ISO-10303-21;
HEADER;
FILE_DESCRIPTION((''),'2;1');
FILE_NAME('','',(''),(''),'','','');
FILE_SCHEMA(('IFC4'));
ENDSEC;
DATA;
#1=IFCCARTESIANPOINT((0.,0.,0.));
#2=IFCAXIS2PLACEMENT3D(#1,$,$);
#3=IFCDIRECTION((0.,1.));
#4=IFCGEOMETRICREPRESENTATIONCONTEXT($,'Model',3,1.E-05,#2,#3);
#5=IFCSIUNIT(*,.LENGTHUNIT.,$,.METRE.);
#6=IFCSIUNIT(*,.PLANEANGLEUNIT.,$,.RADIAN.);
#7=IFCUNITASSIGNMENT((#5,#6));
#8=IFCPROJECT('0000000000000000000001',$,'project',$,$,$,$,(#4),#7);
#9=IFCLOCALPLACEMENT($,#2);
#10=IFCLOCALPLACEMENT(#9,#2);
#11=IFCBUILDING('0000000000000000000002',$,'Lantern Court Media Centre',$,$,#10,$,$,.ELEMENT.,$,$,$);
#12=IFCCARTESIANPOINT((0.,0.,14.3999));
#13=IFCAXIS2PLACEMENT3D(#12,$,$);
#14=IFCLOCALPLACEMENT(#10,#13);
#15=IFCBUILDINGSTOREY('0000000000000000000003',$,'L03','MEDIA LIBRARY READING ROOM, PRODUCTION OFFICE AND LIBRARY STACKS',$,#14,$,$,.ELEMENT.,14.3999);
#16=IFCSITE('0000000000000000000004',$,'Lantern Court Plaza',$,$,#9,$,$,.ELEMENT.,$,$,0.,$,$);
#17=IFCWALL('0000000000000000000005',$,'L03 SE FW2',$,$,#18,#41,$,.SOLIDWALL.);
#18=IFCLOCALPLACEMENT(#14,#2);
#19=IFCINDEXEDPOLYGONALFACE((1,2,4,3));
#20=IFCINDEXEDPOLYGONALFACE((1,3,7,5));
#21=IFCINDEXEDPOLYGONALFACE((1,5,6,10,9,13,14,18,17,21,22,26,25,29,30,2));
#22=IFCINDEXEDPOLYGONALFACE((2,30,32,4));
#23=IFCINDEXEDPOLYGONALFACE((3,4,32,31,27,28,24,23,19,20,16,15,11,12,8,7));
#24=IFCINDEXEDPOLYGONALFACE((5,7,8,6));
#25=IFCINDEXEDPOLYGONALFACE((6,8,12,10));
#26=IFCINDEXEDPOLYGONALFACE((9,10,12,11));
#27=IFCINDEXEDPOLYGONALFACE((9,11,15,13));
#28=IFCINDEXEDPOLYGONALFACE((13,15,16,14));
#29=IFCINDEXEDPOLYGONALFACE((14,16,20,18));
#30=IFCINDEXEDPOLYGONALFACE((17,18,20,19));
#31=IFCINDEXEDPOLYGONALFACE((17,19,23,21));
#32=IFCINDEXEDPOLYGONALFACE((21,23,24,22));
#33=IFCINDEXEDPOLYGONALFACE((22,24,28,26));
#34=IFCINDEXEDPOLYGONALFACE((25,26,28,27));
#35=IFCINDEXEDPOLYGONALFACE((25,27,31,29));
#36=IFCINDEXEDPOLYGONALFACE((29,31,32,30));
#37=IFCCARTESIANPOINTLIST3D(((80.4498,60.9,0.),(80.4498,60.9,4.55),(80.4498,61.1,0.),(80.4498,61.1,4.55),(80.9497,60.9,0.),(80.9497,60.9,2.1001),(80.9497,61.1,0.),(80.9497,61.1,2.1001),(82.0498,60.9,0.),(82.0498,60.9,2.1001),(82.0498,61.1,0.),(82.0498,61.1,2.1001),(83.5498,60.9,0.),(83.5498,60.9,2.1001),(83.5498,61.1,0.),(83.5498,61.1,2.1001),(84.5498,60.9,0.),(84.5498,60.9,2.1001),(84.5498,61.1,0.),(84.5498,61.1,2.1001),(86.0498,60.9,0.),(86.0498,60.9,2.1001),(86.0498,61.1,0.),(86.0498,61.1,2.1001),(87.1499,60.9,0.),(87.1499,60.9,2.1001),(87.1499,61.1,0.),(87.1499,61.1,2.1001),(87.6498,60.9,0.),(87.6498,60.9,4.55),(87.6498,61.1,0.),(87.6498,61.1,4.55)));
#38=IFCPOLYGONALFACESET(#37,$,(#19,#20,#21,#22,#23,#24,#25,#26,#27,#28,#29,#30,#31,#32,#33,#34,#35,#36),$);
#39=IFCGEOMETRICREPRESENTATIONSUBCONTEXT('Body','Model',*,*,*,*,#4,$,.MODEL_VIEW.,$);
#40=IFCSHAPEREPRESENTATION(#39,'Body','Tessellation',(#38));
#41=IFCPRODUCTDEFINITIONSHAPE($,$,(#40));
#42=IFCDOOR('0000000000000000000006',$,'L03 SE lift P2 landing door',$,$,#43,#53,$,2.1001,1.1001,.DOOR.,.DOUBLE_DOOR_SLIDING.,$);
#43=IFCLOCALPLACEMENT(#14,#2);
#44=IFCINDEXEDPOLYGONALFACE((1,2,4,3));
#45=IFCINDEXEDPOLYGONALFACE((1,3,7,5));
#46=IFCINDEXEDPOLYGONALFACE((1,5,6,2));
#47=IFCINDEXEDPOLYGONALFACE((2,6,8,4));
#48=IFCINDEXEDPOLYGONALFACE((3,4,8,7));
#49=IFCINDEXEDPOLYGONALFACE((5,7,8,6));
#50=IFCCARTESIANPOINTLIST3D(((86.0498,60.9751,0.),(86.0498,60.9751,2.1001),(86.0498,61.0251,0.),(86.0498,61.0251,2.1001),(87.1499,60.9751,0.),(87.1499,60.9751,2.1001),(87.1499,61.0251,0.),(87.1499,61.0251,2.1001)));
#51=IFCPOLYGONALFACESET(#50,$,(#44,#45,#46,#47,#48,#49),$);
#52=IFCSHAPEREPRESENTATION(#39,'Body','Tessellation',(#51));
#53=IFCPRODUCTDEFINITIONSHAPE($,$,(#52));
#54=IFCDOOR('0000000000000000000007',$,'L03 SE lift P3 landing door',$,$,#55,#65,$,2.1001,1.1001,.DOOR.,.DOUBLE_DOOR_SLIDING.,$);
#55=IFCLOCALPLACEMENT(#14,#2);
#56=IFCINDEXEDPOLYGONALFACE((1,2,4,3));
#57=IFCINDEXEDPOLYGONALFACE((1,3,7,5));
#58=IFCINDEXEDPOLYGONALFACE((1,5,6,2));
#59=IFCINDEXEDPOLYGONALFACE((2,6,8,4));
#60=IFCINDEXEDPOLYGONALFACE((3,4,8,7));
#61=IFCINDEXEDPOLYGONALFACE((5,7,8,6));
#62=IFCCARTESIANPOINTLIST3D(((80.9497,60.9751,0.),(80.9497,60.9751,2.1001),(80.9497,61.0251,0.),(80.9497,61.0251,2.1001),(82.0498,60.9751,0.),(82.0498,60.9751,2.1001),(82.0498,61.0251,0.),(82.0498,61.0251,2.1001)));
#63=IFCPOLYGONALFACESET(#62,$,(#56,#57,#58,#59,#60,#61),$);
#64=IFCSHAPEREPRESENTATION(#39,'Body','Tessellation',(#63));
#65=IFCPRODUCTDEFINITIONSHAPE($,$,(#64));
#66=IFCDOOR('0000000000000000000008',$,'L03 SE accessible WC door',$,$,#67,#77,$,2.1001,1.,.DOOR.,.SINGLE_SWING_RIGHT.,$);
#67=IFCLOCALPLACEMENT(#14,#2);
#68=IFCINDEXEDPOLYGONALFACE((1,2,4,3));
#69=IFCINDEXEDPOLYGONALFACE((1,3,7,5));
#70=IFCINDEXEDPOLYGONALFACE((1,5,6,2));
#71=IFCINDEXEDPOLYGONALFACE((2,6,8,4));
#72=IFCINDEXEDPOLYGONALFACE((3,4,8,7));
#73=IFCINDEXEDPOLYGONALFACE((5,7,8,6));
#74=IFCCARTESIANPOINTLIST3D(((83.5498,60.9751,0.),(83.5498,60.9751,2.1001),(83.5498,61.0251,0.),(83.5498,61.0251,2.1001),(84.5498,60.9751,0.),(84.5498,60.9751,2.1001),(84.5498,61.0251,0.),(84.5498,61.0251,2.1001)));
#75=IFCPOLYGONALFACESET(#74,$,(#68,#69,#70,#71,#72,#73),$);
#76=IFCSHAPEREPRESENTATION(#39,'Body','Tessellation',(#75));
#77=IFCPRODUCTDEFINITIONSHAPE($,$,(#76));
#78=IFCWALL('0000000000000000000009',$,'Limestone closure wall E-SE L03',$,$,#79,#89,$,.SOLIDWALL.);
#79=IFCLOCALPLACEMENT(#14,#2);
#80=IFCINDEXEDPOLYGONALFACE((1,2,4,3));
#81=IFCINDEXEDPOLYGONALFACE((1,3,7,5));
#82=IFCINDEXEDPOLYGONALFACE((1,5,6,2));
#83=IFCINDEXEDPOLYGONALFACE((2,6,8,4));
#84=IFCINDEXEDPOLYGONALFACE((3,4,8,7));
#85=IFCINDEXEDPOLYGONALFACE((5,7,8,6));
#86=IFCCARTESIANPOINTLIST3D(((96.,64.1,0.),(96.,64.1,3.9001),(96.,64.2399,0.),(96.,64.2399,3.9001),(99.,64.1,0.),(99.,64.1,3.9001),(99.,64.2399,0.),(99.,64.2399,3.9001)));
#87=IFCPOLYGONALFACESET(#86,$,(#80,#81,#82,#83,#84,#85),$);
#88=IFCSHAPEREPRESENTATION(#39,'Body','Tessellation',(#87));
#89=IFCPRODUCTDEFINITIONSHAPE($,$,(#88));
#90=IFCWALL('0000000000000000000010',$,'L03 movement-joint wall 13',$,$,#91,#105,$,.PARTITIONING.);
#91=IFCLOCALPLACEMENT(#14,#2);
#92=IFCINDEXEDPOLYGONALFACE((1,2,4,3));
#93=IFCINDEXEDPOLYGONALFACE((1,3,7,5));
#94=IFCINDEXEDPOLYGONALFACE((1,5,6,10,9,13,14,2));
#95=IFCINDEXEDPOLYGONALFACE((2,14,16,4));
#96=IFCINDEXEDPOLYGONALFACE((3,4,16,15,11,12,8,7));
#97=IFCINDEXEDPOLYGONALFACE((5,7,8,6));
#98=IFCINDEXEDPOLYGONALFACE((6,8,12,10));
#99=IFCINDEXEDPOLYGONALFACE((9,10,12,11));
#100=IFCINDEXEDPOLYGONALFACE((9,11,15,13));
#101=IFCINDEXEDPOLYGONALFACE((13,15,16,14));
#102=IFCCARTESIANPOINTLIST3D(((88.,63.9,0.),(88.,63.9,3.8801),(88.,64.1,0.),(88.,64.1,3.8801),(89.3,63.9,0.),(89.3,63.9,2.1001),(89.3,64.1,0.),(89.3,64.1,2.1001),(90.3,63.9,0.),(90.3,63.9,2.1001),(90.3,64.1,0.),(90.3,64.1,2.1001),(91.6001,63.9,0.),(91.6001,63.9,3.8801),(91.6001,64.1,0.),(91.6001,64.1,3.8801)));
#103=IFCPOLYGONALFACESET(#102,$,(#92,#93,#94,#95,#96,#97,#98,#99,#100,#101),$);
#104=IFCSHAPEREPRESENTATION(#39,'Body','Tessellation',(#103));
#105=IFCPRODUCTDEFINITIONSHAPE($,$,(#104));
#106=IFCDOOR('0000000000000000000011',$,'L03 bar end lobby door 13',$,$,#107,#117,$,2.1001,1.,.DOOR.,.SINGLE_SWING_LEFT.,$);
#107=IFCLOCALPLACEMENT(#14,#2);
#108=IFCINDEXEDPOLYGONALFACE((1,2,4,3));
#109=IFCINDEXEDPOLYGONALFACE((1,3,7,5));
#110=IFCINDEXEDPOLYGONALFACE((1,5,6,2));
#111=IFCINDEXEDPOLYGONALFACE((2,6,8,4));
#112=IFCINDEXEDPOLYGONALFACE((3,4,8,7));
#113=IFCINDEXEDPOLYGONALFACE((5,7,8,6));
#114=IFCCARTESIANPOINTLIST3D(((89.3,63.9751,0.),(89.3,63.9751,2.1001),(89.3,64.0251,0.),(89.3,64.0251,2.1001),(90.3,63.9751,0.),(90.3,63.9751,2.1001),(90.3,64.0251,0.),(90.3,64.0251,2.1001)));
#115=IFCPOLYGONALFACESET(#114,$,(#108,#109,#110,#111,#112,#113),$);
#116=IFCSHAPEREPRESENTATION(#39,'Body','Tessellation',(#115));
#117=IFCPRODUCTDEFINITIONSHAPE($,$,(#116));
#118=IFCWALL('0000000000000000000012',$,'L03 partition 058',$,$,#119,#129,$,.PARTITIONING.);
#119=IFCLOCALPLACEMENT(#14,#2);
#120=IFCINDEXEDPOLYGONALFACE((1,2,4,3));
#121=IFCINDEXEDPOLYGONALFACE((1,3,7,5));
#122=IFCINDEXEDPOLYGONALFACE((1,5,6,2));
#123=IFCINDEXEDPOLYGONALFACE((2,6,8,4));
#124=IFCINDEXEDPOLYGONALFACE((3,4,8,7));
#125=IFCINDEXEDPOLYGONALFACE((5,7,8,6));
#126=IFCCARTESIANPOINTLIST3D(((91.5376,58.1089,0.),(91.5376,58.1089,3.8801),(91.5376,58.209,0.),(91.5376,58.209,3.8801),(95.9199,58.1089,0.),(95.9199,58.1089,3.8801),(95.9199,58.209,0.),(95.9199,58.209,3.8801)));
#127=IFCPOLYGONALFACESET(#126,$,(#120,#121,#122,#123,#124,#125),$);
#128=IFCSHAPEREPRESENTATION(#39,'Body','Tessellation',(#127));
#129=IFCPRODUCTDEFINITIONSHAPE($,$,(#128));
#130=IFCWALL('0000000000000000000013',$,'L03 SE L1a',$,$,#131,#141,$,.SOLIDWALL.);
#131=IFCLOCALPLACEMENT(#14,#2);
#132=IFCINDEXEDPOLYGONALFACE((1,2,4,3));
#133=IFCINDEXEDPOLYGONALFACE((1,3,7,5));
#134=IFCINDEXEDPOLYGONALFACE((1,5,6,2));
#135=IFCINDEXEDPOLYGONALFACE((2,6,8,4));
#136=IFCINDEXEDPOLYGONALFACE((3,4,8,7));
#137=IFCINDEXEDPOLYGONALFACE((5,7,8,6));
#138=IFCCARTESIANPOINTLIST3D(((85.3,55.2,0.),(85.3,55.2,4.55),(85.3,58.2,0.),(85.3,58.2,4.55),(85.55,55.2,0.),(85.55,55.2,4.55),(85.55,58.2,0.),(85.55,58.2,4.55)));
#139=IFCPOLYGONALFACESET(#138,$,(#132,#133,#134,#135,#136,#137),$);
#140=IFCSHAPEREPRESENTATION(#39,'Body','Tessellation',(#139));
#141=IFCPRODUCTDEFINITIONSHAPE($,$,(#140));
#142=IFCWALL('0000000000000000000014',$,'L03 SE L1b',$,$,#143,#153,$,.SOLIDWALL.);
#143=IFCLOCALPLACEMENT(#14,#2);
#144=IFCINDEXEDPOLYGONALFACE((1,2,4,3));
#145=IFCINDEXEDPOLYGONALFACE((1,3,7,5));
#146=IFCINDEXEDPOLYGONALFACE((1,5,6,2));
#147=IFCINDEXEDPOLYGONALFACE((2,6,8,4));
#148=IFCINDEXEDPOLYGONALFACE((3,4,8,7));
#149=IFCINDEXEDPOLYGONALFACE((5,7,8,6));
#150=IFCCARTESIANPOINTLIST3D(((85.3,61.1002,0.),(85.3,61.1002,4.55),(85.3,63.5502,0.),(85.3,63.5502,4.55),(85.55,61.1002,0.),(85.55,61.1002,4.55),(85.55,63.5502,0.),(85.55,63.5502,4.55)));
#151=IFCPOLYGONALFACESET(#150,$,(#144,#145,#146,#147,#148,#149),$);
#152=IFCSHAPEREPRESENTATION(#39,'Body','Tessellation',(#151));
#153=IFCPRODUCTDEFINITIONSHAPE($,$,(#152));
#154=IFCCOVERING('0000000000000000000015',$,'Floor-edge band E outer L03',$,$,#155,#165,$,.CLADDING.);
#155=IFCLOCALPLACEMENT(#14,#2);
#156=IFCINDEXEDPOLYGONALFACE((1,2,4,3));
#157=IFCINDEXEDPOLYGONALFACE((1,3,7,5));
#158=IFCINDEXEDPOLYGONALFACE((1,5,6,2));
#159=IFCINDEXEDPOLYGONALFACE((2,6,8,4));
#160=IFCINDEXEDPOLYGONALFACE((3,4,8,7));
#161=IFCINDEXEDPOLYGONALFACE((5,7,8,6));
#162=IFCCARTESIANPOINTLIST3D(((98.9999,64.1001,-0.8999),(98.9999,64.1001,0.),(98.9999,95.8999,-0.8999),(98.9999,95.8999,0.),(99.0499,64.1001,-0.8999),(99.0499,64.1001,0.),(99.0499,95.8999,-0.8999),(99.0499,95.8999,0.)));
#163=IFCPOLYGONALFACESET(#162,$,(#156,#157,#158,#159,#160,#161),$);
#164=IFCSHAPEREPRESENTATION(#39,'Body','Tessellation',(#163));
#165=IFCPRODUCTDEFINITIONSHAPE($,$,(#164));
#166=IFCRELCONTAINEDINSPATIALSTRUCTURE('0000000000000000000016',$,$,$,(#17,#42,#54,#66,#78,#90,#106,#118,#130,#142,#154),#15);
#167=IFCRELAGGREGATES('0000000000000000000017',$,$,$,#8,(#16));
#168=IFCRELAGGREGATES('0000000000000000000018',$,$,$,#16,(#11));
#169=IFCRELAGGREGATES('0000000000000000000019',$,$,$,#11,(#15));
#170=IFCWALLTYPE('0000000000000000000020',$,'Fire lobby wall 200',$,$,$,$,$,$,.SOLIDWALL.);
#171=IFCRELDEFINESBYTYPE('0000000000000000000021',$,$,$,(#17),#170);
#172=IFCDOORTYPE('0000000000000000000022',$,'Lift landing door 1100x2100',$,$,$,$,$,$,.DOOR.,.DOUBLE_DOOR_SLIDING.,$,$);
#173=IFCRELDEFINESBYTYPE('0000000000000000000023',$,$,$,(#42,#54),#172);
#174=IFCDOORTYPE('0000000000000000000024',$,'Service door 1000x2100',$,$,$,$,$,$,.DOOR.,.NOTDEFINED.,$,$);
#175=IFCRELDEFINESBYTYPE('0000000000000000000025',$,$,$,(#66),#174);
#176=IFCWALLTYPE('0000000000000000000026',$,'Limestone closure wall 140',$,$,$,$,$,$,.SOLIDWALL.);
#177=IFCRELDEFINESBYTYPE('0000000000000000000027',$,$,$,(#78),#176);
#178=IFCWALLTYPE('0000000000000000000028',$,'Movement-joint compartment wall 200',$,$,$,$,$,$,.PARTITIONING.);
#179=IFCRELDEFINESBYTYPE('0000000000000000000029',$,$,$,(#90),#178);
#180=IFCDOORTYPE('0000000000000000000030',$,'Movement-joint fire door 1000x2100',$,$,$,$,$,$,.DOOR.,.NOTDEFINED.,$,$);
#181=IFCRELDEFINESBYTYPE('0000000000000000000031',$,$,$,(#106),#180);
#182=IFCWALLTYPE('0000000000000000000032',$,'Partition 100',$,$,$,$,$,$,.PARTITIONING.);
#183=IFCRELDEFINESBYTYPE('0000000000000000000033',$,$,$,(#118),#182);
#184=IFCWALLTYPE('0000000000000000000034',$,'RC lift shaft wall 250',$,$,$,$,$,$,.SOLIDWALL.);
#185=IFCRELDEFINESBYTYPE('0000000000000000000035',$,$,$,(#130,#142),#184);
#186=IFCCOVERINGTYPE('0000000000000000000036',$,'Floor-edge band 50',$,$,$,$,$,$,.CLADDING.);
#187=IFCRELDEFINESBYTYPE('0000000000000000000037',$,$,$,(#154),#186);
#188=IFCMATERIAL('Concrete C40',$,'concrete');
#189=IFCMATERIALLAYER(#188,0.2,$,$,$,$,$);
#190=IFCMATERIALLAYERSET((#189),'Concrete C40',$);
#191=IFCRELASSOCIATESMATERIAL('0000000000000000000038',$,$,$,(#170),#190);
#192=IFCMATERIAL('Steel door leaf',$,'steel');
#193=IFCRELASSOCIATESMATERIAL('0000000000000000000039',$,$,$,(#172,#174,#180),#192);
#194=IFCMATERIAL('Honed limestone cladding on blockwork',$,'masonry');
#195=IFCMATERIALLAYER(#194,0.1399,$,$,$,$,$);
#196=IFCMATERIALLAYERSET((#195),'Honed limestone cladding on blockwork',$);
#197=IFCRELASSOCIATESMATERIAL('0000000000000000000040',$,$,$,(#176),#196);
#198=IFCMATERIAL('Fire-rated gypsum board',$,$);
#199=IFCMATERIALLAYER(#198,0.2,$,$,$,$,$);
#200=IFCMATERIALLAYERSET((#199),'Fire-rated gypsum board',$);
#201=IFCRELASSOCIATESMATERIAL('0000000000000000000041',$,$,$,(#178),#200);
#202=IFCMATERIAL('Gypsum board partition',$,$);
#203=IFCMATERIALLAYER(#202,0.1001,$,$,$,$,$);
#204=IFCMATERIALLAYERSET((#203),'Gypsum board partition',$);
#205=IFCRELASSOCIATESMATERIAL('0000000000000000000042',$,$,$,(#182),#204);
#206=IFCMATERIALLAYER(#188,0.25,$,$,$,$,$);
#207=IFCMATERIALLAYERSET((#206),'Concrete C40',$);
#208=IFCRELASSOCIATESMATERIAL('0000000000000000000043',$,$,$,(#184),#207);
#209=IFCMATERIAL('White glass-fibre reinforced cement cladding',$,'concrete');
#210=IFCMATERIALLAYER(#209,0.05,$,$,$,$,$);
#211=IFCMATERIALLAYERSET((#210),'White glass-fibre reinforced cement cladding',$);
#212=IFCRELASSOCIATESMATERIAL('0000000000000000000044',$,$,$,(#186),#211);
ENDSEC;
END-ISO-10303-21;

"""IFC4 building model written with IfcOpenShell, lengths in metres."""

from ifc_helpers import new_model, si_unit, direction, frame, frame_2d, origin, place, context, subcontext, project, spatial, rectangle, extrude, material, layer, layer_set, type_object, element, fill, save


model = new_model("IFC4")

# Units and contexts
model_context = context("Model", 3, precision=1e-05, world=origin(), true_north=direction((0.0, 1.0)))
body_context = subcontext(model_context, "Body", "Model", "MODEL_VIEW")
ifc_project = project(units=[si_unit("LENGTHUNIT", "METRE"), si_unit("PLANEANGLEUNIT", "RADIAN")], contexts=[model_context])

# Site, building, storey
site_placement = place(None, origin())
site = spatial("IfcSite", under=ifc_project, at=site_placement, Name="Lantern Court Plaza", CompositionType="ELEMENT", RefElevation=0.0)
building_placement = place(site_placement, origin())
building = spatial("IfcBuilding", under=site, at=building_placement, Name="Lantern Court Media Centre", CompositionType="ELEMENT")
storey_placement = place(building_placement, frame((0.0, 0.0, 14.3999)))
storey = spatial("IfcBuildingStorey", under=building, at=storey_placement, Name="L03", Description="MEDIA LIBRARY READING ROOM, PRODUCTION OFFICE AND LIBRARY STACKS", CompositionType="ELEMENT", Elevation=14.3999)

# Wall, openings, doors
ifc_material_1 = material(Name="Concrete C40", Category="concrete")
ifc_layer_1 = layer(ifc_material_1, 0.2)
ifc_layer_set_1 = layer_set([ifc_layer_1], Name="Concrete C40")
wall_type_1 = type_object("IfcWallType", Name="Fire lobby wall 200", PredefinedType="SOLIDWALL", material=ifc_layer_set_1)
ifc_material_2 = material(Name="Steel door leaf", Category="steel")
door_type_1 = type_object("IfcDoorType", Name="Lift landing door 1100x2100", OperationType="DOUBLE_DOOR_SLIDING", PredefinedType="DOOR", material=ifc_material_2)
door_type_2 = type_object("IfcDoorType", Name="Service door 1000x2100", OperationType="NOTDEFINED", PredefinedType="DOOR", material=ifc_material_2)
wall_1_placement = place(storey_placement, frame((87.6499, 61.0, 0.0), z_axis=(0.0, 0.0, 1.0), x_axis=(-1.0, 0.0, 0.0)))
wall_1 = element("IfcWall", 1, at=wall_1_placement, inside=storey, type_object=wall_type_1, Name="L03 SE FW2", PredefinedType="SOLIDWALL", context=body_context, shape_type="SweptSolid", body=[
    extrude(rectangle(XDim=7.2, YDim=0.2, at=frame_2d((3.6001, 0.0))), origin(), (0.0, 0.0, 1.0), 4.55),
])
opening_1_placement = place(wall_1_placement, frame((0.5, 0.0, 0.0)))
opening_1 = element("IfcOpeningElement", 2, at=opening_1_placement, cuts=wall_1, PredefinedType="OPENING", context=body_context, shape_type="SweptSolid", body=[
    extrude(rectangle(XDim=1.1001, YDim=2.1001, at=frame_2d((0.55, 1.05))), frame((0.0, 0.1099, 0.0), z_axis=(0.0, -1.0, 0.0), x_axis=(1.0, 0.0, 0.0)), (0.0, 0.0, 1.0), 0.22),
])
opening_2_placement = place(wall_1_placement, frame((5.6001, 0.0, 0.0)))
opening_2 = element("IfcOpeningElement", 3, at=opening_2_placement, cuts=wall_1, PredefinedType="OPENING", context=body_context, shape_type="SweptSolid", body=[
    extrude(rectangle(XDim=1.1001, YDim=2.1001, at=frame_2d((0.55, 1.05))), frame((0.0, 0.1099, 0.0), z_axis=(0.0, -1.0, 0.0), x_axis=(1.0, 0.0, 0.0)), (0.0, 0.0, 1.0), 0.22),
])
opening_3_placement = place(wall_1_placement, frame((3.1001, 0.0, 0.0)))
opening_3 = element("IfcOpeningElement", 4, at=opening_3_placement, cuts=wall_1, PredefinedType="OPENING", context=body_context, shape_type="SweptSolid", body=[
    extrude(rectangle(XDim=1.0, YDim=2.1001, at=frame_2d((0.5, 1.05))), frame((0.0, 0.1099, 0.0), z_axis=(0.0, -1.0, 0.0), x_axis=(1.0, 0.0, 0.0)), (0.0, 0.0, 1.0), 0.22),
])
door_1_placement = place(opening_1_placement, origin())
door_1 = element("IfcDoor", 5, at=door_1_placement, inside=storey, type_object=door_type_1, Name="L03 SE lift P2 landing door", OperationType="DOUBLE_DOOR_SLIDING", OverallHeight=2.1001, OverallWidth=1.1001, PredefinedType="DOOR", context=body_context, shape_type="SweptSolid", body=[
    extrude(rectangle(XDim=1.1001, YDim=2.1001, at=frame_2d((0.55, 1.05))), frame((0.0, 0.0249, 0.0), z_axis=(0.0, -1.0, 0.0), x_axis=(1.0, 0.0, 0.0)), (0.0, 0.0, 1.0), 0.05),
])
fill(opening_1, door_1)
door_2_placement = place(opening_2_placement, origin())
door_2 = element("IfcDoor", 6, at=door_2_placement, inside=storey, type_object=door_type_1, Name="L03 SE lift P3 landing door", OperationType="DOUBLE_DOOR_SLIDING", OverallHeight=2.1001, OverallWidth=1.1001, PredefinedType="DOOR", context=body_context, shape_type="SweptSolid", body=[
    extrude(rectangle(XDim=1.1001, YDim=2.1001, at=frame_2d((0.55, 1.05))), frame((0.0, 0.0249, 0.0), z_axis=(0.0, -1.0, 0.0), x_axis=(1.0, 0.0, 0.0)), (0.0, 0.0, 1.0), 0.05),
])
fill(opening_2, door_2)
door_3_placement = place(opening_3_placement, origin())
door_3 = element("IfcDoor", 7, at=door_3_placement, inside=storey, type_object=door_type_2, Name="L03 SE accessible WC door", OperationType="SINGLE_SWING_RIGHT", OverallHeight=2.1001, OverallWidth=1.0, PredefinedType="DOOR", context=body_context, shape_type="SweptSolid", body=[
    extrude(rectangle(XDim=1.0, YDim=2.1001, at=frame_2d((0.5, 1.05))), frame((0.0, 0.0249, 0.0), z_axis=(0.0, -1.0, 0.0), x_axis=(1.0, 0.0, 0.0)), (0.0, 0.0, 1.0), 0.05),
])
fill(opening_3, door_3)

# Wall
ifc_material_3 = material(Name="Honed limestone cladding on blockwork", Category="masonry")
ifc_layer_2 = layer(ifc_material_3, 0.1399)
ifc_layer_set_2 = layer_set([ifc_layer_2], Name="Honed limestone cladding on blockwork")
wall_type_2 = type_object("IfcWallType", Name="Limestone closure wall 140", PredefinedType="SOLIDWALL", material=ifc_layer_set_2)
wall_2_placement = place(storey_placement, frame((96.0, 64.1699, 0.0), z_axis=(0.0, 0.0, 1.0), x_axis=(1.0, 0.0, 0.0)))
element("IfcWall", 8, at=wall_2_placement, inside=storey, type_object=wall_type_2, Name="Limestone closure wall E-SE L03", PredefinedType="SOLIDWALL", context=body_context, shape_type="SweptSolid", body=[
    extrude(rectangle(XDim=3.0, YDim=0.1399, at=frame_2d((1.5, 0.0))), origin(), (0.0, 0.0, 1.0), 3.9001),
])

# Wall, opening, door
ifc_material_4 = material(Name="Fire-rated gypsum board")
ifc_layer_3 = layer(ifc_material_4, 0.2)
ifc_layer_set_3 = layer_set([ifc_layer_3], Name="Fire-rated gypsum board")
wall_type_3 = type_object("IfcWallType", Name="Movement-joint compartment wall 200", PredefinedType="PARTITIONING", material=ifc_layer_set_3)
wall_3_placement = place(storey_placement, frame((88.0, 64.0, 0.0), z_axis=(0.0, 0.0, 1.0), x_axis=(1.0, 0.0, 0.0)))
wall_3 = element("IfcWall", 9, at=wall_3_placement, inside=storey, type_object=wall_type_3, Name="L03 movement-joint wall 13", PredefinedType="PARTITIONING", context=body_context, shape_type="SweptSolid", body=[
    extrude(rectangle(XDim=3.6001, YDim=0.2, at=frame_2d((1.8, 0.0))), origin(), (0.0, 0.0, 1.0), 3.8801),
])
opening_4_placement = place(wall_3_placement, frame((1.3, 0.0, 0.0)))
opening_4 = element("IfcOpeningElement", 10, at=opening_4_placement, cuts=wall_3, PredefinedType="OPENING", context=body_context, shape_type="SweptSolid", body=[
    extrude(rectangle(XDim=1.0, YDim=2.1001, at=frame_2d((0.5, 1.05))), frame((0.0, 0.1099, 0.0), z_axis=(0.0, -1.0, 0.0), x_axis=(1.0, 0.0, 0.0)), (0.0, 0.0, 1.0), 0.22),
])
door_type_3 = type_object("IfcDoorType", Name="Movement-joint fire door 1000x2100", OperationType="NOTDEFINED", PredefinedType="DOOR", material=ifc_material_2)
door_4_placement = place(opening_4_placement, frame((1.0, 0.0, 0.0), z_axis=(0.0, 0.0, 1.0), x_axis=(-1.0, 0.0, 0.0)))
door_4 = element("IfcDoor", 11, at=door_4_placement, inside=storey, type_object=door_type_3, Name="L03 bar end lobby door 13", OperationType="SINGLE_SWING_LEFT", OverallHeight=2.1001, OverallWidth=1.0, PredefinedType="DOOR", context=body_context, shape_type="SweptSolid", body=[
    extrude(rectangle(XDim=1.0, YDim=2.1001, at=frame_2d((0.5, 1.05))), frame((0.0, 0.0249, 0.0), z_axis=(0.0, -1.0, 0.0), x_axis=(1.0, 0.0, 0.0)), (0.0, 0.0, 1.0), 0.05),
])
fill(opening_4, door_4)

# Walls
ifc_material_5 = material(Name="Gypsum board partition")
ifc_layer_4 = layer(ifc_material_5, 0.1001)
ifc_layer_set_4 = layer_set([ifc_layer_4], Name="Gypsum board partition")
wall_type_4 = type_object("IfcWallType", Name="Partition 100", PredefinedType="PARTITIONING", material=ifc_layer_set_4)
wall_4_placement = place(storey_placement, frame((91.5376, 58.1589, 0.0), z_axis=(0.0, 0.0, 1.0), x_axis=(1.0, 0.0, 0.0)))
element("IfcWall", 12, at=wall_4_placement, inside=storey, type_object=wall_type_4, Name="L03 partition 058", PredefinedType="PARTITIONING", context=body_context, shape_type="SweptSolid", body=[
    extrude(rectangle(XDim=4.3823, YDim=0.1001, at=frame_2d((2.1912, 0.0))), origin(), (0.0, 0.0, 1.0), 3.8801),
])
ifc_layer_5 = layer(ifc_material_1, 0.25)
ifc_layer_set_5 = layer_set([ifc_layer_5], Name="Concrete C40")
wall_type_5 = type_object("IfcWallType", Name="RC lift shaft wall 250", PredefinedType="SOLIDWALL", material=ifc_layer_set_5)
wall_5_placement = place(storey_placement, frame((85.425, 55.2, 0.0), z_axis=(0.0, 0.0, 1.0), x_axis=(0.0, 1.0, 0.0)))
element("IfcWall", 13, at=wall_5_placement, inside=storey, type_object=wall_type_5, Name="L03 SE L1a", PredefinedType="SOLIDWALL", context=body_context, shape_type="SweptSolid", body=[
    extrude(rectangle(XDim=3.0, YDim=0.25, at=frame_2d((1.5, 0.0))), origin(), (0.0, 0.0, 1.0), 4.55),
])
wall_6_placement = place(storey_placement, frame((85.425, 61.1001, 0.0), z_axis=(0.0, 0.0, 1.0), x_axis=(0.0, 1.0, 0.0)))
element("IfcWall", 14, at=wall_6_placement, inside=storey, type_object=wall_type_5, Name="L03 SE L1b", PredefinedType="SOLIDWALL", context=body_context, shape_type="SweptSolid", body=[
    extrude(rectangle(XDim=2.45, YDim=0.25, at=frame_2d((1.2251, 0.0))), origin(), (0.0, 0.0, 1.0), 4.55),
])

# Covering
ifc_material_6 = material(Name="White glass-fibre reinforced cement cladding", Category="concrete")
ifc_layer_6 = layer(ifc_material_6, 0.05)
ifc_layer_set_6 = layer_set([ifc_layer_6], Name="White glass-fibre reinforced cement cladding")
covering_type = type_object("IfcCoveringType", Name="Floor-edge band 50", PredefinedType="CLADDING", material=ifc_layer_set_6)
covering_placement = place(storey_placement, frame((99.0249, 64.1001, -0.8999), z_axis=(0.0, 0.0, 1.0), x_axis=(0.0, 1.0, 0.0)))
element("IfcCovering", 15, at=covering_placement, inside=storey, type_object=covering_type, Name="Floor-edge band E outer L03", PredefinedType="CLADDING", context=body_context, shape_type="SweptSolid", body=[
    extrude(rectangle(XDim=31.7998, YDim=0.05, at=frame_2d((15.8999, 0.0))), origin(), (0.0, 0.0, 1.0), 0.8999),
])

save(model, "model.ifc")
